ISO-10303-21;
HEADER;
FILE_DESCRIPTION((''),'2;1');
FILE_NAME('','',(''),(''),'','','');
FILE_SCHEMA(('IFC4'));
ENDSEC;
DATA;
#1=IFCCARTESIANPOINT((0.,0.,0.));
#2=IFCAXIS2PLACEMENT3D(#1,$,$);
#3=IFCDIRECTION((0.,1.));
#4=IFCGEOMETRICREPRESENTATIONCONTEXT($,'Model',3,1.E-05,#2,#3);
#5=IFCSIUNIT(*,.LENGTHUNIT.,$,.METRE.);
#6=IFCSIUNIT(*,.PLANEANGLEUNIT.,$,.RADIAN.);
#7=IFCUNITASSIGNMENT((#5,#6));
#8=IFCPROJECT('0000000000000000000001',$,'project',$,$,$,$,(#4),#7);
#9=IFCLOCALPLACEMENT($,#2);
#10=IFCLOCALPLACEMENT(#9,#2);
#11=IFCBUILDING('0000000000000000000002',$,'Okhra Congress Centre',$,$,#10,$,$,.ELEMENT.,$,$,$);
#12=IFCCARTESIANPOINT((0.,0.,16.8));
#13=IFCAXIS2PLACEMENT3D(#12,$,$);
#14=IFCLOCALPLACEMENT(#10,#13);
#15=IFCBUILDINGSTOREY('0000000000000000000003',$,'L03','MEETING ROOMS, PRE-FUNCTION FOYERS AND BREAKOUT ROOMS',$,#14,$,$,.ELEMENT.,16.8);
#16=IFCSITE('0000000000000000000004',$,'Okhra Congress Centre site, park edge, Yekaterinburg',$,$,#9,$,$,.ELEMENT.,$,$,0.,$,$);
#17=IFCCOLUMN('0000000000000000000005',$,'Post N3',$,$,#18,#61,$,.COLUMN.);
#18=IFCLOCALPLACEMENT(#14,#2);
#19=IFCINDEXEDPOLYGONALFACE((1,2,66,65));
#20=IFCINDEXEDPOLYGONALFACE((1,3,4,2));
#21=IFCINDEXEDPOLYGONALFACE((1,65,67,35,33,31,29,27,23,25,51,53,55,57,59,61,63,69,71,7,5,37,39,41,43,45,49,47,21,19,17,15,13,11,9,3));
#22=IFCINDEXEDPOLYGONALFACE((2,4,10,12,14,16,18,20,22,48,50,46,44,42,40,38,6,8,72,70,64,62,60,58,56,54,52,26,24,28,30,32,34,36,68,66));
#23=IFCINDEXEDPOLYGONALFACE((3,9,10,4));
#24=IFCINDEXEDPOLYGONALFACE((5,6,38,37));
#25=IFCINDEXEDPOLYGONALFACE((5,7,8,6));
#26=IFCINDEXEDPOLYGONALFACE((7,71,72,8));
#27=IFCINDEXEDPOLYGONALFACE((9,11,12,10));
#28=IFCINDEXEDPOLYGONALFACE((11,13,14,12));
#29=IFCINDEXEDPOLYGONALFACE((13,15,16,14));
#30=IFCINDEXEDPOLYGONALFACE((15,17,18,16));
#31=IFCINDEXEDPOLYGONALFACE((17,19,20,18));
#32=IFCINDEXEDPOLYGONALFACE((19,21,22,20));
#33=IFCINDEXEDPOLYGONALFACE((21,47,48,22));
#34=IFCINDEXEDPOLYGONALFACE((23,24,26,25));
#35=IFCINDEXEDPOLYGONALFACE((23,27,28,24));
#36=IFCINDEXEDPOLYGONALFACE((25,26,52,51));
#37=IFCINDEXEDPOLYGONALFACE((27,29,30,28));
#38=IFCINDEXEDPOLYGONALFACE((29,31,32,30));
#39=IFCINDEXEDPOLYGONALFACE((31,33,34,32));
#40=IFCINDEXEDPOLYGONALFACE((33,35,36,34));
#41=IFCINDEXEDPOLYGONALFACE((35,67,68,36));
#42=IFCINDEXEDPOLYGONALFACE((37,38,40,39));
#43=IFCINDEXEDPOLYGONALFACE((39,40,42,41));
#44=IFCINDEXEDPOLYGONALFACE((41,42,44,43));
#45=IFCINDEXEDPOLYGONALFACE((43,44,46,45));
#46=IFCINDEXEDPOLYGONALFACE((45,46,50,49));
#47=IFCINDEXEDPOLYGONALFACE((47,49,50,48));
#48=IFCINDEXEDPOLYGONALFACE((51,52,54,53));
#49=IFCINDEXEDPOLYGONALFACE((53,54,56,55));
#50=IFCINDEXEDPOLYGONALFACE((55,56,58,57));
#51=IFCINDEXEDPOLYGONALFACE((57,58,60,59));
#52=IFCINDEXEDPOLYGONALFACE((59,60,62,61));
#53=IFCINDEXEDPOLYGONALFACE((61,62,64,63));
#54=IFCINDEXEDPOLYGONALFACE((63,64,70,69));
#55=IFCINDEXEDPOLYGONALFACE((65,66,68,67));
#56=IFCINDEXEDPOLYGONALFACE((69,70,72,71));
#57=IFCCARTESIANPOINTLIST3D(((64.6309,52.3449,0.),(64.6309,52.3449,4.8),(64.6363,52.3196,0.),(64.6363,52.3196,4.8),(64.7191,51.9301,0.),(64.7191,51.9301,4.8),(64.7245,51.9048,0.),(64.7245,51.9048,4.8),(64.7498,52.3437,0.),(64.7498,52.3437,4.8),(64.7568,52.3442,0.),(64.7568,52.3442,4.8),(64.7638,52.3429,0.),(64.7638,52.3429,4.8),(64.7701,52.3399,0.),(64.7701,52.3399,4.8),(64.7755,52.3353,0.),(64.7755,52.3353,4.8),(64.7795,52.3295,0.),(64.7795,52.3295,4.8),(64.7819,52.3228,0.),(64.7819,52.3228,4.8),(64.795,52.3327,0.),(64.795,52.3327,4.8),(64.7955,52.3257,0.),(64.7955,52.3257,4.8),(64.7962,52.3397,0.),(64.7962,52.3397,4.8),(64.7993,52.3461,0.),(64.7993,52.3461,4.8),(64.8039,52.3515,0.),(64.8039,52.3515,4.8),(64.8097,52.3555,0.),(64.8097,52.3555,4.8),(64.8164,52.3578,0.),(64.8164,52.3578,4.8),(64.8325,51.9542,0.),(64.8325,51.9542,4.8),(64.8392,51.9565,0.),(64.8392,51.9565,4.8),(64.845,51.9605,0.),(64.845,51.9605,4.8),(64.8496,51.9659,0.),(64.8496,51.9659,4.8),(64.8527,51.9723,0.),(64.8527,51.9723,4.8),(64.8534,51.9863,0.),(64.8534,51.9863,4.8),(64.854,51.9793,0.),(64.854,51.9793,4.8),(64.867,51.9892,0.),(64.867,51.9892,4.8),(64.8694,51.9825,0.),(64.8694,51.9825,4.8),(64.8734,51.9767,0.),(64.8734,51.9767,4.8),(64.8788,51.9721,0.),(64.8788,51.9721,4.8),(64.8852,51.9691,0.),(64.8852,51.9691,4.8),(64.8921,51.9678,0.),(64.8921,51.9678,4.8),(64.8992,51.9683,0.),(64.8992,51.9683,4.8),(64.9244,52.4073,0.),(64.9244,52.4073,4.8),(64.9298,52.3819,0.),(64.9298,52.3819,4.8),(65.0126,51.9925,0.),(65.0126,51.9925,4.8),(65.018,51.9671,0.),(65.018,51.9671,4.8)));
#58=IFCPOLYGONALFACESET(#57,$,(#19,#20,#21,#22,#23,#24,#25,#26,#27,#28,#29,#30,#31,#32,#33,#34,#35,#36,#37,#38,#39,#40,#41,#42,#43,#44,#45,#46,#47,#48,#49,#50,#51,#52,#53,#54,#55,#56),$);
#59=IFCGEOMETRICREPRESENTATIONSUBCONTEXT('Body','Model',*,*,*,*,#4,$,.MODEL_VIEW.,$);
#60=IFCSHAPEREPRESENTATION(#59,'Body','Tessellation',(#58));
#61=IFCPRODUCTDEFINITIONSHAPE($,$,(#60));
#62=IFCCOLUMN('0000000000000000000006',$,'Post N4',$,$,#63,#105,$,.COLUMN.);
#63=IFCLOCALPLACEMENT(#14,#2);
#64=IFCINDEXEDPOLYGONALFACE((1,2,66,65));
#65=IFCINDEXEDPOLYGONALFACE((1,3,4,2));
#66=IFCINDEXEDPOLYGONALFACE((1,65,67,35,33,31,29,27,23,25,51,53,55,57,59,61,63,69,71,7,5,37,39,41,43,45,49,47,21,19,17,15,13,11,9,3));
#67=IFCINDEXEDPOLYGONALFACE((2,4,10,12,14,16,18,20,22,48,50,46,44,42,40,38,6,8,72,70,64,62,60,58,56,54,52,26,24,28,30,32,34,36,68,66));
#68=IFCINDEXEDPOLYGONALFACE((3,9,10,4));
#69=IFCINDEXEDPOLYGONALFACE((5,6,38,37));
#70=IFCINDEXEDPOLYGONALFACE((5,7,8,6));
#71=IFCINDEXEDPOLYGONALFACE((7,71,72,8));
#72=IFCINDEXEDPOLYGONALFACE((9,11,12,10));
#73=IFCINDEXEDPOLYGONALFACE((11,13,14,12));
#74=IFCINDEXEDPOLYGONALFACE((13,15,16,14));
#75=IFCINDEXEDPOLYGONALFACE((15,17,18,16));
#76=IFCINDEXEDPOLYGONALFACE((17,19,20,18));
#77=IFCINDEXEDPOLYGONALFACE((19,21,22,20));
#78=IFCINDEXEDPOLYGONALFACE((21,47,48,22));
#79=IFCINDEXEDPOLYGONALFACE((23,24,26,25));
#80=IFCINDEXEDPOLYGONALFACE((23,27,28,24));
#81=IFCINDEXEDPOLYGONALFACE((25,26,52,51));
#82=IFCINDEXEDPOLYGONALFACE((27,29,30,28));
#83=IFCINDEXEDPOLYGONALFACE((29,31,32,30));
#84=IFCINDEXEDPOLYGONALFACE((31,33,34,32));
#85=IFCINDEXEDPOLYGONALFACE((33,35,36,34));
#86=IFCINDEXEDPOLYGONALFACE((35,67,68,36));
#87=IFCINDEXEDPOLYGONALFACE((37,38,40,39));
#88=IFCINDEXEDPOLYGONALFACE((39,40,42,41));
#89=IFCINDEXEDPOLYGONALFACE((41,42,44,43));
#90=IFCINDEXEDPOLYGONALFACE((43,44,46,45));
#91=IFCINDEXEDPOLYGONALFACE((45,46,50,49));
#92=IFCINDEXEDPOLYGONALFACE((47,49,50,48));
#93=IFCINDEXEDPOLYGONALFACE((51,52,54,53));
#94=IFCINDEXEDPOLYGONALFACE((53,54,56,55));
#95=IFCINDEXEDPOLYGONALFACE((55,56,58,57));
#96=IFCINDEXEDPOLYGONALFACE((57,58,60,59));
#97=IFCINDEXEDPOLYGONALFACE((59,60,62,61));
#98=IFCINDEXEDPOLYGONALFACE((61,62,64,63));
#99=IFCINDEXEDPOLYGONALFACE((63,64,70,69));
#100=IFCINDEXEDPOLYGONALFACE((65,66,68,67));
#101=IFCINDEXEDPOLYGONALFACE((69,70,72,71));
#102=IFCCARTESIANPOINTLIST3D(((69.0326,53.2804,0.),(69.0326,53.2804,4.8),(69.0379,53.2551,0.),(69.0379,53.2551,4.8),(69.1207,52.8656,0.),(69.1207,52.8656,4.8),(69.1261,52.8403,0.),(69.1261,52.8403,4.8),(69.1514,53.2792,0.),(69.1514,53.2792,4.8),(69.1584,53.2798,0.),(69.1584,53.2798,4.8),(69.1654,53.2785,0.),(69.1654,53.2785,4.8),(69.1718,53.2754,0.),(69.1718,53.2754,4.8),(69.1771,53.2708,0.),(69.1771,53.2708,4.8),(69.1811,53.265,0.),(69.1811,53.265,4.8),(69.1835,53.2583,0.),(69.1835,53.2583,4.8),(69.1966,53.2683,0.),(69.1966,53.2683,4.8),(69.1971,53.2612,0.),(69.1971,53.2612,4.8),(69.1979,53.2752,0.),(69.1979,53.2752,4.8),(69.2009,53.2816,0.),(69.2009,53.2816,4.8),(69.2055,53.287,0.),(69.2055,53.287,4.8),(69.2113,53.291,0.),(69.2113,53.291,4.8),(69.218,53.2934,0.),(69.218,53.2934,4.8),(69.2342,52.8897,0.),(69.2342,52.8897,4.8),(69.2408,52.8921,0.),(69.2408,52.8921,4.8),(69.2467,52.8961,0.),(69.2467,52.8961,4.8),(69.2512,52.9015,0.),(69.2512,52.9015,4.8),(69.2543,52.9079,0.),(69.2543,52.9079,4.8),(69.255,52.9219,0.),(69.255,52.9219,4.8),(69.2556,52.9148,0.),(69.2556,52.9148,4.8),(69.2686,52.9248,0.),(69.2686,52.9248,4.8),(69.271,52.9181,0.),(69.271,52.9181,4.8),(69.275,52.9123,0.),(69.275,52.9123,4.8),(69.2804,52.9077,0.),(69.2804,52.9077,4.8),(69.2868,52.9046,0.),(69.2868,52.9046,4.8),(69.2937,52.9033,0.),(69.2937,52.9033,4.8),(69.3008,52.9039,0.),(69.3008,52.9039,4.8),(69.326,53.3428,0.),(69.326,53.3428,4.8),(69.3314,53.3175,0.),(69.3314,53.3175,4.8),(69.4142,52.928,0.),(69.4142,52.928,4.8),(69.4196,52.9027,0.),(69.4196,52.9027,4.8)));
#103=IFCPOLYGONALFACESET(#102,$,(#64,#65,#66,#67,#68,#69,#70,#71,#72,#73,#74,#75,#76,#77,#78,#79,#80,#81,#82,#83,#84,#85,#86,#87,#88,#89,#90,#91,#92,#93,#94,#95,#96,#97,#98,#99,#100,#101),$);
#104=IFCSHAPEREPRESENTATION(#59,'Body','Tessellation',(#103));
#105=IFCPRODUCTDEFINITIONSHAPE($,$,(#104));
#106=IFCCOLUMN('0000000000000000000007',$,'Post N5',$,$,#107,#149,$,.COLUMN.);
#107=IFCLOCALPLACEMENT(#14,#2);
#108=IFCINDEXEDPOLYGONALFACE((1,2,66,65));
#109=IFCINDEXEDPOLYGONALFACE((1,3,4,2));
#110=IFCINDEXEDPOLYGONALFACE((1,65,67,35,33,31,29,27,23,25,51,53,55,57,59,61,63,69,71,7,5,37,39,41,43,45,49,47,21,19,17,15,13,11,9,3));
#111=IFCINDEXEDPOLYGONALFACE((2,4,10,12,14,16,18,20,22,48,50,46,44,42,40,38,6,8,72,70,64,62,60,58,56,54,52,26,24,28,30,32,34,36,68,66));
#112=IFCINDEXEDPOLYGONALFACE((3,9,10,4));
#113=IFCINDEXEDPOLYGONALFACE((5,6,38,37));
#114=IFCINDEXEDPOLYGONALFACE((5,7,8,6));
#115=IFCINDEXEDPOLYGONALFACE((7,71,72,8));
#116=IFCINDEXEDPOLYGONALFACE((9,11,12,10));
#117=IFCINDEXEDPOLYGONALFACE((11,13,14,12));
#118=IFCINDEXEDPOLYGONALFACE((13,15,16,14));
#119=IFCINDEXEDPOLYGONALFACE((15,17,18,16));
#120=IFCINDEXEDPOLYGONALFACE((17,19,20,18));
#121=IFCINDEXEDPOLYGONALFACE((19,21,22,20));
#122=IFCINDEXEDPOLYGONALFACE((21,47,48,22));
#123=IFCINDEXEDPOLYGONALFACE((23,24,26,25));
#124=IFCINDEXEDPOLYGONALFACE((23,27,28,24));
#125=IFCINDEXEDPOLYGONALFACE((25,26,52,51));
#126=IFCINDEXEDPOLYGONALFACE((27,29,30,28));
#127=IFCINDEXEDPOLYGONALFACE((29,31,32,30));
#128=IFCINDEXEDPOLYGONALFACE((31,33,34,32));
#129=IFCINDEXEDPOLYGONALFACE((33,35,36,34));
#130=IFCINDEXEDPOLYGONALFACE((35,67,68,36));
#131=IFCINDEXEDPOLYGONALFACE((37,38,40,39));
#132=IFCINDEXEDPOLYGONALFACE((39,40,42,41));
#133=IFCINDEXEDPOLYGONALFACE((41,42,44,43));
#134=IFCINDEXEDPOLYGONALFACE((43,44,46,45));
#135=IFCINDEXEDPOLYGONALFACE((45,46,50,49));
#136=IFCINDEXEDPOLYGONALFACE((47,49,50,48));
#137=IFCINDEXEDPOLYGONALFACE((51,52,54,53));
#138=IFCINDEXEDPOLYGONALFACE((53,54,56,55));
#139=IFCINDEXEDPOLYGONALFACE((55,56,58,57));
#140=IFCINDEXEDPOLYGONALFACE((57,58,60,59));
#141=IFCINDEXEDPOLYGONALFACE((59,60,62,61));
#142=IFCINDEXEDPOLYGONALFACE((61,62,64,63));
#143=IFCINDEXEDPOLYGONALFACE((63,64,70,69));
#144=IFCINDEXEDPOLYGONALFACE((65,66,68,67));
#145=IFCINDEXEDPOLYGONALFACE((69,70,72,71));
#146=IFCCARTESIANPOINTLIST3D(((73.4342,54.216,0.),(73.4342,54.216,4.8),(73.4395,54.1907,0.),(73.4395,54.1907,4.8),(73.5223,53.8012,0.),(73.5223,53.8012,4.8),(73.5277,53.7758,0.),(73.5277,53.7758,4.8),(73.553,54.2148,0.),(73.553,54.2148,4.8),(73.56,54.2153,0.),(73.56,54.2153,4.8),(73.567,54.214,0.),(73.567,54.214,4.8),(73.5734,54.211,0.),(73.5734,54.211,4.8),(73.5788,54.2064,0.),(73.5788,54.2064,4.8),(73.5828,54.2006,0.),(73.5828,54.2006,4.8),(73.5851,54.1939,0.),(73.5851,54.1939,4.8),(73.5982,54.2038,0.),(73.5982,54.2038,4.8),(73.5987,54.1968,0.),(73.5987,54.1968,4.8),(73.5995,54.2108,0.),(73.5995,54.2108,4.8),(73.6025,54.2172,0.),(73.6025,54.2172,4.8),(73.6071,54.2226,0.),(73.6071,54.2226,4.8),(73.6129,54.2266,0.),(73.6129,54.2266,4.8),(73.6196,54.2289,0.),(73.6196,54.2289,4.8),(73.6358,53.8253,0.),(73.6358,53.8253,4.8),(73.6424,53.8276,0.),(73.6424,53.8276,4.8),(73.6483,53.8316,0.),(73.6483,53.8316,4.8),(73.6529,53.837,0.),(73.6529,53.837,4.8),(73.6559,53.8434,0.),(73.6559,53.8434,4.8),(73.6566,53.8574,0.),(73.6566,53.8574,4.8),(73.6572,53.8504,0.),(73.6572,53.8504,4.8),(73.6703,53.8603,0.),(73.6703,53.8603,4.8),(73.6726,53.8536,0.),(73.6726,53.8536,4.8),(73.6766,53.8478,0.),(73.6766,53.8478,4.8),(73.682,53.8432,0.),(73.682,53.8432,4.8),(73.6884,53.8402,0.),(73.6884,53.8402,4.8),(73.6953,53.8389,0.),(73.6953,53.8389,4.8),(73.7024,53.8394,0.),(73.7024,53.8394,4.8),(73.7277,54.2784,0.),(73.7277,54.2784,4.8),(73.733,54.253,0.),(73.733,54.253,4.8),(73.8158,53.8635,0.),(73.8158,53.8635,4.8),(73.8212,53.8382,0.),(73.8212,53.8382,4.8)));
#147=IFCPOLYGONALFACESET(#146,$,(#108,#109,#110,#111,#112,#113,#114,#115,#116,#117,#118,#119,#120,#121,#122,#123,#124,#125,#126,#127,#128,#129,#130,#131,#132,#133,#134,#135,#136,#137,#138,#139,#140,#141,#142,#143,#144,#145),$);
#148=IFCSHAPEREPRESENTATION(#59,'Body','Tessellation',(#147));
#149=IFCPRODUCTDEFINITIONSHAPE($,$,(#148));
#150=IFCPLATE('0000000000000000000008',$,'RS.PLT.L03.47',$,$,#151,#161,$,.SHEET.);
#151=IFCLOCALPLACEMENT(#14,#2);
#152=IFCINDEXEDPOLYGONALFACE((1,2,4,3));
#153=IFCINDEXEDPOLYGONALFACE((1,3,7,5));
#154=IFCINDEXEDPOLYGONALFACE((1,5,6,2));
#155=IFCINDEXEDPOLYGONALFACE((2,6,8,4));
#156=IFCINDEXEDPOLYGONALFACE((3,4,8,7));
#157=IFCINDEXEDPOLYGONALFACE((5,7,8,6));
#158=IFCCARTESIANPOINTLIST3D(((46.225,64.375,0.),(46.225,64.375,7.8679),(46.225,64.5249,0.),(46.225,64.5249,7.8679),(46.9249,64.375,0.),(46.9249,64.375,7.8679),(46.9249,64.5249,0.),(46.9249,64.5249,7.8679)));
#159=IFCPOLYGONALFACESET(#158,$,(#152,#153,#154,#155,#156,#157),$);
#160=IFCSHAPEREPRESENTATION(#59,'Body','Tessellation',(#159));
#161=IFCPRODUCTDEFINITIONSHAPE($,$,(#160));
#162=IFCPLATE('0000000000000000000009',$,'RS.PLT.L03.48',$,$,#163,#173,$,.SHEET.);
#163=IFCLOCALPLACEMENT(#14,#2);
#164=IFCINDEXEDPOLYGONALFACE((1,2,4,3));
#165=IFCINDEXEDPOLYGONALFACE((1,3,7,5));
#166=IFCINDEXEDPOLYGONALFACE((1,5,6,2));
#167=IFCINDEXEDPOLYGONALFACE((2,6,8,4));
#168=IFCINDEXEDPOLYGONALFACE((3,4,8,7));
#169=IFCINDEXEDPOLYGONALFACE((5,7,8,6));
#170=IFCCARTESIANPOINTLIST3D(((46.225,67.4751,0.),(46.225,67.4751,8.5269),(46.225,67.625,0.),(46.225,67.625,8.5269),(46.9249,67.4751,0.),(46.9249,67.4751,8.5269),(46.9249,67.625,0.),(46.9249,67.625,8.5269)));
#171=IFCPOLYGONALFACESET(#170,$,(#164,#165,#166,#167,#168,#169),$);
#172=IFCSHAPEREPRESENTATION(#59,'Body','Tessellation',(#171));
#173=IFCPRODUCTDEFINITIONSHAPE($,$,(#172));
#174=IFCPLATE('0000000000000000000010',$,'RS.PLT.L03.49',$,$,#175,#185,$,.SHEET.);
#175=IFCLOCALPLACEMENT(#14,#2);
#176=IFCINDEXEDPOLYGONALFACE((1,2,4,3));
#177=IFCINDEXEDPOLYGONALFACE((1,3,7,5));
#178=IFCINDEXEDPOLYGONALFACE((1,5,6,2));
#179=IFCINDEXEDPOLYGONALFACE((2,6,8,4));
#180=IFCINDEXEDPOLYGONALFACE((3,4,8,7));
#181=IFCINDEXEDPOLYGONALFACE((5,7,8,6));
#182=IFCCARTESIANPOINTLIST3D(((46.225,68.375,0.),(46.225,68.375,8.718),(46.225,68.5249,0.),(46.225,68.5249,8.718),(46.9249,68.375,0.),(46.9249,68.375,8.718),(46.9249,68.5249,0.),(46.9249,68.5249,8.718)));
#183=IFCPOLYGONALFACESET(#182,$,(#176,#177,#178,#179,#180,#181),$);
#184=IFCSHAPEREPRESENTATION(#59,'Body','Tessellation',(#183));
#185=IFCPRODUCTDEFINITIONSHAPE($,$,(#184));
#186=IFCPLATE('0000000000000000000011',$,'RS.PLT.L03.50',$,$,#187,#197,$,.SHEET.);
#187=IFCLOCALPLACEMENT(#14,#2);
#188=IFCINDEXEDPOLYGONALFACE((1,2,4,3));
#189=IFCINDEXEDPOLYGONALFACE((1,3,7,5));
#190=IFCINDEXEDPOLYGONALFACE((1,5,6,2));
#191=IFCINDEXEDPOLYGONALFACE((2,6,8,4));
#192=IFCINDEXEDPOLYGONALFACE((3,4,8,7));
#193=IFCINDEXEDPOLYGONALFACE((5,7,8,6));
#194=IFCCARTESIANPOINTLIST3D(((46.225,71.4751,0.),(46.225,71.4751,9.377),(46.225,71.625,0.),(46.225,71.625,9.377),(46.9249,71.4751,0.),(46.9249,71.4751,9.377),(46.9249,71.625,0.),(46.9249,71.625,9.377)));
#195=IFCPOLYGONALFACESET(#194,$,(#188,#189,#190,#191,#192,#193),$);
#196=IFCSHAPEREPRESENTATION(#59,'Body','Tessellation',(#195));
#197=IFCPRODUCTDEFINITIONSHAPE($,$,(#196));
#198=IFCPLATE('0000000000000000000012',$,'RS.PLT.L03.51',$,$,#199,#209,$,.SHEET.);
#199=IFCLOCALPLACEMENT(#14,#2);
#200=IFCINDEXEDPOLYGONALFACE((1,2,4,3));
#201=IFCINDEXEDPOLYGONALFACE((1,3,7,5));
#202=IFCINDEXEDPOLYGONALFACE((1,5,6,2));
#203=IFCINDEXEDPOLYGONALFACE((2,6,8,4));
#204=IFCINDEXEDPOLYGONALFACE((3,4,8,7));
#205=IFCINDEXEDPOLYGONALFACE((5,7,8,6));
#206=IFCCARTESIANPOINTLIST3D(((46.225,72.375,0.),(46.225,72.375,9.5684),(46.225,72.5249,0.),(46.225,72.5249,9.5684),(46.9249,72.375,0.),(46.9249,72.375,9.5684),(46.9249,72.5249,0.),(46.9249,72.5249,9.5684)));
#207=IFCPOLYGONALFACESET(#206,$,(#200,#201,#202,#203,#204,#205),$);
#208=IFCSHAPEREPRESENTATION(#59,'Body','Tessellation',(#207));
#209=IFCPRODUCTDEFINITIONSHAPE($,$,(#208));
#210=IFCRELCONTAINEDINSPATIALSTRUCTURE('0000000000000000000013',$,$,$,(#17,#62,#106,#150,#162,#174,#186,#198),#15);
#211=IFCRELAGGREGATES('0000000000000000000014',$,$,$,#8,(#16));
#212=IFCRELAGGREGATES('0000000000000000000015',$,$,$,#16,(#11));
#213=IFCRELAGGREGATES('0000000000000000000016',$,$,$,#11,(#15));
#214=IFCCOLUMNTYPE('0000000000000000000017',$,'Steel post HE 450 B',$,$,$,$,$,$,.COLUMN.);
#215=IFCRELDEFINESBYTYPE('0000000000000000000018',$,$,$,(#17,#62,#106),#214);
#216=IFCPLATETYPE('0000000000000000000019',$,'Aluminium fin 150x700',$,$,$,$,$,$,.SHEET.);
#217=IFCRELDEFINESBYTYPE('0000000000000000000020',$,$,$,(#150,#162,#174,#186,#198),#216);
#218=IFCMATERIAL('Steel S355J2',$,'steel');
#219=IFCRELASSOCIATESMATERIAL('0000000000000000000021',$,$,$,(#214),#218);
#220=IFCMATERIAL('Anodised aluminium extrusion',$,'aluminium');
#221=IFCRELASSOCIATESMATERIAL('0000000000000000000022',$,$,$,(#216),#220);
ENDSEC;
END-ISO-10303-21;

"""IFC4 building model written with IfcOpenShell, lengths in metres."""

from ifc_helpers import new_model, si_unit, direction, frame, origin, origin_2d, place, context, subcontext, project, spatial, rectangle, i_section, extrude, material, material_profile, profile_set, type_object, element, save


model = new_model("IFC4")

# Units and contexts
model_context = context("Model", 3, precision=1e-05, world=origin(), true_north=direction((0.0, 1.0)))
body_context = subcontext(model_context, "Body", "Model", "MODEL_VIEW")
ifc_project = project(units=[si_unit("LENGTHUNIT", "METRE"), si_unit("PLANEANGLEUNIT", "RADIAN")], contexts=[model_context])

# Site, building, storey
site_placement = place(None, origin())
site = spatial("IfcSite", under=ifc_project, at=site_placement, Name="Okhra Congress Centre site, park edge, Yekaterinburg", CompositionType="ELEMENT", RefElevation=0.0)
building_placement = place(site_placement, origin())
building = spatial("IfcBuilding", under=site, at=building_placement, Name="Okhra Congress Centre", CompositionType="ELEMENT")
storey_placement = place(building_placement, frame((0.0, 0.0, 16.8)))
storey = spatial("IfcBuildingStorey", under=building, at=storey_placement, Name="L03", Description="MEETING ROOMS, PRE-FUNCTION FOYERS AND BREAKOUT ROOMS", CompositionType="ELEMENT", Elevation=16.8)

# Columns
ifc_material_1 = material(Name="Steel S355J2", Category="steel")
ifc_material_profile_1 = material_profile(ifc_material_1, i_section(OverallWidth=0.3, OverallDepth=0.45, WebThickness=0.0139, FlangeThickness=0.0259, FilletRadius=0.0271, at=origin_2d()), Name="HE 450 B")
ifc_profile_set_1 = profile_set([ifc_material_profile_1], Name="Steel S355J2")
column_type = type_object("IfcColumnType", Name="Steel post HE 450 B", PredefinedType="COLUMN", material=ifc_profile_set_1)
for number, where, z_axis, x_axis, name in (
    (1, (64.8245, 52.156, 0.0), (0.0, 0.0, 1.0), (0.978148, 0.207912, 0.0), "Post N3"),
    (2, (69.2261, 53.0916, 0.0), (0.0, 0.0, 1.0), (0.978148, 0.207912, 0.0), "Post N4"),
    (3, (73.6277, 54.0271, 0.0), (0.0, 0.0, 1.0), (0.978148, 0.207912, 0.0), "Post N5"),
):
    element("IfcColumn", number, at=place(storey_placement, frame(where, z_axis=z_axis, x_axis=x_axis)), inside=storey, type_object=column_type, Name=name, PredefinedType="COLUMN", context=body_context, shape_type="SweptSolid", body=[
        extrude(i_section(OverallWidth=0.3, OverallDepth=0.45, WebThickness=0.0139, FlangeThickness=0.0259, FilletRadius=0.0271, at=origin_2d()), origin(), (0.0, 0.0, 1.0), 4.8),
    ])

# Plates
ifc_material_2 = material(Name="Anodised aluminium extrusion", Category="aluminium")
plate_type_1 = type_object("IfcPlateType", Name="Aluminium fin 150x700", PredefinedType="SHEET", material=ifc_material_2)
plate_1_placement = place(storey_placement, frame((46.575, 64.45, 0.0), z_axis=(0.0, 0.0, 1.0), x_axis=(0.0, 1.0, 0.0)))
element("IfcPlate", 4, at=plate_1_placement, inside=storey, type_object=plate_type_1, Name="RS.PLT.L03.47", PredefinedType="SHEET", context=body_context, shape_type="SweptSolid", body=[
    extrude(rectangle(XDim=0.1499, YDim=0.7, at=origin_2d()), origin(), (0.0, 0.0, 1.0), 7.8679),
])
plate_2_placement = place(storey_placement, frame((46.575, 67.55, 0.0), z_axis=(0.0, 0.0, 1.0), x_axis=(0.0, 1.0, 0.0)))
element("IfcPlate", 5, at=plate_2_placement, inside=storey, type_object=plate_type_1, Name="RS.PLT.L03.48", PredefinedType="SHEET", context=body_context, shape_type="SweptSolid", body=[
    extrude(rectangle(XDim=0.1499, YDim=0.7, at=origin_2d()), origin(), (0.0, 0.0, 1.0), 8.5269),
])
plate_3_placement = place(storey_placement, frame((46.575, 68.45, 0.0), z_axis=(0.0, 0.0, 1.0), x_axis=(0.0, 1.0, 0.0)))
element("IfcPlate", 6, at=plate_3_placement, inside=storey, type_object=plate_type_1, Name="RS.PLT.L03.49", PredefinedType="SHEET", context=body_context, shape_type="SweptSolid", body=[
    extrude(rectangle(XDim=0.1499, YDim=0.7, at=origin_2d()), origin(), (0.0, 0.0, 1.0), 8.718),
])
plate_4_placement = place(storey_placement, frame((46.575, 71.55, 0.0), z_axis=(0.0, 0.0, 1.0), x_axis=(0.0, 1.0, 0.0)))
element("IfcPlate", 7, at=plate_4_placement, inside=storey, type_object=plate_type_1, Name="RS.PLT.L03.50", PredefinedType="SHEET", context=body_context, shape_type="SweptSolid", body=[
    extrude(rectangle(XDim=0.1499, YDim=0.7, at=origin_2d()), origin(), (0.0, 0.0, 1.0), 9.377),
])
plate_5_placement = place(storey_placement, frame((46.575, 72.45, 0.0), z_axis=(0.0, 0.0, 1.0), x_axis=(0.0, 1.0, 0.0)))
element("IfcPlate", 8, at=plate_5_placement, inside=storey, type_object=plate_type_1, Name="RS.PLT.L03.51", PredefinedType="SHEET", context=body_context, shape_type="SweptSolid", body=[
    extrude(rectangle(XDim=0.1499, YDim=0.7, at=origin_2d()), origin(), (0.0, 0.0, 1.0), 9.5684),
])

save(model, "model.ifc")
